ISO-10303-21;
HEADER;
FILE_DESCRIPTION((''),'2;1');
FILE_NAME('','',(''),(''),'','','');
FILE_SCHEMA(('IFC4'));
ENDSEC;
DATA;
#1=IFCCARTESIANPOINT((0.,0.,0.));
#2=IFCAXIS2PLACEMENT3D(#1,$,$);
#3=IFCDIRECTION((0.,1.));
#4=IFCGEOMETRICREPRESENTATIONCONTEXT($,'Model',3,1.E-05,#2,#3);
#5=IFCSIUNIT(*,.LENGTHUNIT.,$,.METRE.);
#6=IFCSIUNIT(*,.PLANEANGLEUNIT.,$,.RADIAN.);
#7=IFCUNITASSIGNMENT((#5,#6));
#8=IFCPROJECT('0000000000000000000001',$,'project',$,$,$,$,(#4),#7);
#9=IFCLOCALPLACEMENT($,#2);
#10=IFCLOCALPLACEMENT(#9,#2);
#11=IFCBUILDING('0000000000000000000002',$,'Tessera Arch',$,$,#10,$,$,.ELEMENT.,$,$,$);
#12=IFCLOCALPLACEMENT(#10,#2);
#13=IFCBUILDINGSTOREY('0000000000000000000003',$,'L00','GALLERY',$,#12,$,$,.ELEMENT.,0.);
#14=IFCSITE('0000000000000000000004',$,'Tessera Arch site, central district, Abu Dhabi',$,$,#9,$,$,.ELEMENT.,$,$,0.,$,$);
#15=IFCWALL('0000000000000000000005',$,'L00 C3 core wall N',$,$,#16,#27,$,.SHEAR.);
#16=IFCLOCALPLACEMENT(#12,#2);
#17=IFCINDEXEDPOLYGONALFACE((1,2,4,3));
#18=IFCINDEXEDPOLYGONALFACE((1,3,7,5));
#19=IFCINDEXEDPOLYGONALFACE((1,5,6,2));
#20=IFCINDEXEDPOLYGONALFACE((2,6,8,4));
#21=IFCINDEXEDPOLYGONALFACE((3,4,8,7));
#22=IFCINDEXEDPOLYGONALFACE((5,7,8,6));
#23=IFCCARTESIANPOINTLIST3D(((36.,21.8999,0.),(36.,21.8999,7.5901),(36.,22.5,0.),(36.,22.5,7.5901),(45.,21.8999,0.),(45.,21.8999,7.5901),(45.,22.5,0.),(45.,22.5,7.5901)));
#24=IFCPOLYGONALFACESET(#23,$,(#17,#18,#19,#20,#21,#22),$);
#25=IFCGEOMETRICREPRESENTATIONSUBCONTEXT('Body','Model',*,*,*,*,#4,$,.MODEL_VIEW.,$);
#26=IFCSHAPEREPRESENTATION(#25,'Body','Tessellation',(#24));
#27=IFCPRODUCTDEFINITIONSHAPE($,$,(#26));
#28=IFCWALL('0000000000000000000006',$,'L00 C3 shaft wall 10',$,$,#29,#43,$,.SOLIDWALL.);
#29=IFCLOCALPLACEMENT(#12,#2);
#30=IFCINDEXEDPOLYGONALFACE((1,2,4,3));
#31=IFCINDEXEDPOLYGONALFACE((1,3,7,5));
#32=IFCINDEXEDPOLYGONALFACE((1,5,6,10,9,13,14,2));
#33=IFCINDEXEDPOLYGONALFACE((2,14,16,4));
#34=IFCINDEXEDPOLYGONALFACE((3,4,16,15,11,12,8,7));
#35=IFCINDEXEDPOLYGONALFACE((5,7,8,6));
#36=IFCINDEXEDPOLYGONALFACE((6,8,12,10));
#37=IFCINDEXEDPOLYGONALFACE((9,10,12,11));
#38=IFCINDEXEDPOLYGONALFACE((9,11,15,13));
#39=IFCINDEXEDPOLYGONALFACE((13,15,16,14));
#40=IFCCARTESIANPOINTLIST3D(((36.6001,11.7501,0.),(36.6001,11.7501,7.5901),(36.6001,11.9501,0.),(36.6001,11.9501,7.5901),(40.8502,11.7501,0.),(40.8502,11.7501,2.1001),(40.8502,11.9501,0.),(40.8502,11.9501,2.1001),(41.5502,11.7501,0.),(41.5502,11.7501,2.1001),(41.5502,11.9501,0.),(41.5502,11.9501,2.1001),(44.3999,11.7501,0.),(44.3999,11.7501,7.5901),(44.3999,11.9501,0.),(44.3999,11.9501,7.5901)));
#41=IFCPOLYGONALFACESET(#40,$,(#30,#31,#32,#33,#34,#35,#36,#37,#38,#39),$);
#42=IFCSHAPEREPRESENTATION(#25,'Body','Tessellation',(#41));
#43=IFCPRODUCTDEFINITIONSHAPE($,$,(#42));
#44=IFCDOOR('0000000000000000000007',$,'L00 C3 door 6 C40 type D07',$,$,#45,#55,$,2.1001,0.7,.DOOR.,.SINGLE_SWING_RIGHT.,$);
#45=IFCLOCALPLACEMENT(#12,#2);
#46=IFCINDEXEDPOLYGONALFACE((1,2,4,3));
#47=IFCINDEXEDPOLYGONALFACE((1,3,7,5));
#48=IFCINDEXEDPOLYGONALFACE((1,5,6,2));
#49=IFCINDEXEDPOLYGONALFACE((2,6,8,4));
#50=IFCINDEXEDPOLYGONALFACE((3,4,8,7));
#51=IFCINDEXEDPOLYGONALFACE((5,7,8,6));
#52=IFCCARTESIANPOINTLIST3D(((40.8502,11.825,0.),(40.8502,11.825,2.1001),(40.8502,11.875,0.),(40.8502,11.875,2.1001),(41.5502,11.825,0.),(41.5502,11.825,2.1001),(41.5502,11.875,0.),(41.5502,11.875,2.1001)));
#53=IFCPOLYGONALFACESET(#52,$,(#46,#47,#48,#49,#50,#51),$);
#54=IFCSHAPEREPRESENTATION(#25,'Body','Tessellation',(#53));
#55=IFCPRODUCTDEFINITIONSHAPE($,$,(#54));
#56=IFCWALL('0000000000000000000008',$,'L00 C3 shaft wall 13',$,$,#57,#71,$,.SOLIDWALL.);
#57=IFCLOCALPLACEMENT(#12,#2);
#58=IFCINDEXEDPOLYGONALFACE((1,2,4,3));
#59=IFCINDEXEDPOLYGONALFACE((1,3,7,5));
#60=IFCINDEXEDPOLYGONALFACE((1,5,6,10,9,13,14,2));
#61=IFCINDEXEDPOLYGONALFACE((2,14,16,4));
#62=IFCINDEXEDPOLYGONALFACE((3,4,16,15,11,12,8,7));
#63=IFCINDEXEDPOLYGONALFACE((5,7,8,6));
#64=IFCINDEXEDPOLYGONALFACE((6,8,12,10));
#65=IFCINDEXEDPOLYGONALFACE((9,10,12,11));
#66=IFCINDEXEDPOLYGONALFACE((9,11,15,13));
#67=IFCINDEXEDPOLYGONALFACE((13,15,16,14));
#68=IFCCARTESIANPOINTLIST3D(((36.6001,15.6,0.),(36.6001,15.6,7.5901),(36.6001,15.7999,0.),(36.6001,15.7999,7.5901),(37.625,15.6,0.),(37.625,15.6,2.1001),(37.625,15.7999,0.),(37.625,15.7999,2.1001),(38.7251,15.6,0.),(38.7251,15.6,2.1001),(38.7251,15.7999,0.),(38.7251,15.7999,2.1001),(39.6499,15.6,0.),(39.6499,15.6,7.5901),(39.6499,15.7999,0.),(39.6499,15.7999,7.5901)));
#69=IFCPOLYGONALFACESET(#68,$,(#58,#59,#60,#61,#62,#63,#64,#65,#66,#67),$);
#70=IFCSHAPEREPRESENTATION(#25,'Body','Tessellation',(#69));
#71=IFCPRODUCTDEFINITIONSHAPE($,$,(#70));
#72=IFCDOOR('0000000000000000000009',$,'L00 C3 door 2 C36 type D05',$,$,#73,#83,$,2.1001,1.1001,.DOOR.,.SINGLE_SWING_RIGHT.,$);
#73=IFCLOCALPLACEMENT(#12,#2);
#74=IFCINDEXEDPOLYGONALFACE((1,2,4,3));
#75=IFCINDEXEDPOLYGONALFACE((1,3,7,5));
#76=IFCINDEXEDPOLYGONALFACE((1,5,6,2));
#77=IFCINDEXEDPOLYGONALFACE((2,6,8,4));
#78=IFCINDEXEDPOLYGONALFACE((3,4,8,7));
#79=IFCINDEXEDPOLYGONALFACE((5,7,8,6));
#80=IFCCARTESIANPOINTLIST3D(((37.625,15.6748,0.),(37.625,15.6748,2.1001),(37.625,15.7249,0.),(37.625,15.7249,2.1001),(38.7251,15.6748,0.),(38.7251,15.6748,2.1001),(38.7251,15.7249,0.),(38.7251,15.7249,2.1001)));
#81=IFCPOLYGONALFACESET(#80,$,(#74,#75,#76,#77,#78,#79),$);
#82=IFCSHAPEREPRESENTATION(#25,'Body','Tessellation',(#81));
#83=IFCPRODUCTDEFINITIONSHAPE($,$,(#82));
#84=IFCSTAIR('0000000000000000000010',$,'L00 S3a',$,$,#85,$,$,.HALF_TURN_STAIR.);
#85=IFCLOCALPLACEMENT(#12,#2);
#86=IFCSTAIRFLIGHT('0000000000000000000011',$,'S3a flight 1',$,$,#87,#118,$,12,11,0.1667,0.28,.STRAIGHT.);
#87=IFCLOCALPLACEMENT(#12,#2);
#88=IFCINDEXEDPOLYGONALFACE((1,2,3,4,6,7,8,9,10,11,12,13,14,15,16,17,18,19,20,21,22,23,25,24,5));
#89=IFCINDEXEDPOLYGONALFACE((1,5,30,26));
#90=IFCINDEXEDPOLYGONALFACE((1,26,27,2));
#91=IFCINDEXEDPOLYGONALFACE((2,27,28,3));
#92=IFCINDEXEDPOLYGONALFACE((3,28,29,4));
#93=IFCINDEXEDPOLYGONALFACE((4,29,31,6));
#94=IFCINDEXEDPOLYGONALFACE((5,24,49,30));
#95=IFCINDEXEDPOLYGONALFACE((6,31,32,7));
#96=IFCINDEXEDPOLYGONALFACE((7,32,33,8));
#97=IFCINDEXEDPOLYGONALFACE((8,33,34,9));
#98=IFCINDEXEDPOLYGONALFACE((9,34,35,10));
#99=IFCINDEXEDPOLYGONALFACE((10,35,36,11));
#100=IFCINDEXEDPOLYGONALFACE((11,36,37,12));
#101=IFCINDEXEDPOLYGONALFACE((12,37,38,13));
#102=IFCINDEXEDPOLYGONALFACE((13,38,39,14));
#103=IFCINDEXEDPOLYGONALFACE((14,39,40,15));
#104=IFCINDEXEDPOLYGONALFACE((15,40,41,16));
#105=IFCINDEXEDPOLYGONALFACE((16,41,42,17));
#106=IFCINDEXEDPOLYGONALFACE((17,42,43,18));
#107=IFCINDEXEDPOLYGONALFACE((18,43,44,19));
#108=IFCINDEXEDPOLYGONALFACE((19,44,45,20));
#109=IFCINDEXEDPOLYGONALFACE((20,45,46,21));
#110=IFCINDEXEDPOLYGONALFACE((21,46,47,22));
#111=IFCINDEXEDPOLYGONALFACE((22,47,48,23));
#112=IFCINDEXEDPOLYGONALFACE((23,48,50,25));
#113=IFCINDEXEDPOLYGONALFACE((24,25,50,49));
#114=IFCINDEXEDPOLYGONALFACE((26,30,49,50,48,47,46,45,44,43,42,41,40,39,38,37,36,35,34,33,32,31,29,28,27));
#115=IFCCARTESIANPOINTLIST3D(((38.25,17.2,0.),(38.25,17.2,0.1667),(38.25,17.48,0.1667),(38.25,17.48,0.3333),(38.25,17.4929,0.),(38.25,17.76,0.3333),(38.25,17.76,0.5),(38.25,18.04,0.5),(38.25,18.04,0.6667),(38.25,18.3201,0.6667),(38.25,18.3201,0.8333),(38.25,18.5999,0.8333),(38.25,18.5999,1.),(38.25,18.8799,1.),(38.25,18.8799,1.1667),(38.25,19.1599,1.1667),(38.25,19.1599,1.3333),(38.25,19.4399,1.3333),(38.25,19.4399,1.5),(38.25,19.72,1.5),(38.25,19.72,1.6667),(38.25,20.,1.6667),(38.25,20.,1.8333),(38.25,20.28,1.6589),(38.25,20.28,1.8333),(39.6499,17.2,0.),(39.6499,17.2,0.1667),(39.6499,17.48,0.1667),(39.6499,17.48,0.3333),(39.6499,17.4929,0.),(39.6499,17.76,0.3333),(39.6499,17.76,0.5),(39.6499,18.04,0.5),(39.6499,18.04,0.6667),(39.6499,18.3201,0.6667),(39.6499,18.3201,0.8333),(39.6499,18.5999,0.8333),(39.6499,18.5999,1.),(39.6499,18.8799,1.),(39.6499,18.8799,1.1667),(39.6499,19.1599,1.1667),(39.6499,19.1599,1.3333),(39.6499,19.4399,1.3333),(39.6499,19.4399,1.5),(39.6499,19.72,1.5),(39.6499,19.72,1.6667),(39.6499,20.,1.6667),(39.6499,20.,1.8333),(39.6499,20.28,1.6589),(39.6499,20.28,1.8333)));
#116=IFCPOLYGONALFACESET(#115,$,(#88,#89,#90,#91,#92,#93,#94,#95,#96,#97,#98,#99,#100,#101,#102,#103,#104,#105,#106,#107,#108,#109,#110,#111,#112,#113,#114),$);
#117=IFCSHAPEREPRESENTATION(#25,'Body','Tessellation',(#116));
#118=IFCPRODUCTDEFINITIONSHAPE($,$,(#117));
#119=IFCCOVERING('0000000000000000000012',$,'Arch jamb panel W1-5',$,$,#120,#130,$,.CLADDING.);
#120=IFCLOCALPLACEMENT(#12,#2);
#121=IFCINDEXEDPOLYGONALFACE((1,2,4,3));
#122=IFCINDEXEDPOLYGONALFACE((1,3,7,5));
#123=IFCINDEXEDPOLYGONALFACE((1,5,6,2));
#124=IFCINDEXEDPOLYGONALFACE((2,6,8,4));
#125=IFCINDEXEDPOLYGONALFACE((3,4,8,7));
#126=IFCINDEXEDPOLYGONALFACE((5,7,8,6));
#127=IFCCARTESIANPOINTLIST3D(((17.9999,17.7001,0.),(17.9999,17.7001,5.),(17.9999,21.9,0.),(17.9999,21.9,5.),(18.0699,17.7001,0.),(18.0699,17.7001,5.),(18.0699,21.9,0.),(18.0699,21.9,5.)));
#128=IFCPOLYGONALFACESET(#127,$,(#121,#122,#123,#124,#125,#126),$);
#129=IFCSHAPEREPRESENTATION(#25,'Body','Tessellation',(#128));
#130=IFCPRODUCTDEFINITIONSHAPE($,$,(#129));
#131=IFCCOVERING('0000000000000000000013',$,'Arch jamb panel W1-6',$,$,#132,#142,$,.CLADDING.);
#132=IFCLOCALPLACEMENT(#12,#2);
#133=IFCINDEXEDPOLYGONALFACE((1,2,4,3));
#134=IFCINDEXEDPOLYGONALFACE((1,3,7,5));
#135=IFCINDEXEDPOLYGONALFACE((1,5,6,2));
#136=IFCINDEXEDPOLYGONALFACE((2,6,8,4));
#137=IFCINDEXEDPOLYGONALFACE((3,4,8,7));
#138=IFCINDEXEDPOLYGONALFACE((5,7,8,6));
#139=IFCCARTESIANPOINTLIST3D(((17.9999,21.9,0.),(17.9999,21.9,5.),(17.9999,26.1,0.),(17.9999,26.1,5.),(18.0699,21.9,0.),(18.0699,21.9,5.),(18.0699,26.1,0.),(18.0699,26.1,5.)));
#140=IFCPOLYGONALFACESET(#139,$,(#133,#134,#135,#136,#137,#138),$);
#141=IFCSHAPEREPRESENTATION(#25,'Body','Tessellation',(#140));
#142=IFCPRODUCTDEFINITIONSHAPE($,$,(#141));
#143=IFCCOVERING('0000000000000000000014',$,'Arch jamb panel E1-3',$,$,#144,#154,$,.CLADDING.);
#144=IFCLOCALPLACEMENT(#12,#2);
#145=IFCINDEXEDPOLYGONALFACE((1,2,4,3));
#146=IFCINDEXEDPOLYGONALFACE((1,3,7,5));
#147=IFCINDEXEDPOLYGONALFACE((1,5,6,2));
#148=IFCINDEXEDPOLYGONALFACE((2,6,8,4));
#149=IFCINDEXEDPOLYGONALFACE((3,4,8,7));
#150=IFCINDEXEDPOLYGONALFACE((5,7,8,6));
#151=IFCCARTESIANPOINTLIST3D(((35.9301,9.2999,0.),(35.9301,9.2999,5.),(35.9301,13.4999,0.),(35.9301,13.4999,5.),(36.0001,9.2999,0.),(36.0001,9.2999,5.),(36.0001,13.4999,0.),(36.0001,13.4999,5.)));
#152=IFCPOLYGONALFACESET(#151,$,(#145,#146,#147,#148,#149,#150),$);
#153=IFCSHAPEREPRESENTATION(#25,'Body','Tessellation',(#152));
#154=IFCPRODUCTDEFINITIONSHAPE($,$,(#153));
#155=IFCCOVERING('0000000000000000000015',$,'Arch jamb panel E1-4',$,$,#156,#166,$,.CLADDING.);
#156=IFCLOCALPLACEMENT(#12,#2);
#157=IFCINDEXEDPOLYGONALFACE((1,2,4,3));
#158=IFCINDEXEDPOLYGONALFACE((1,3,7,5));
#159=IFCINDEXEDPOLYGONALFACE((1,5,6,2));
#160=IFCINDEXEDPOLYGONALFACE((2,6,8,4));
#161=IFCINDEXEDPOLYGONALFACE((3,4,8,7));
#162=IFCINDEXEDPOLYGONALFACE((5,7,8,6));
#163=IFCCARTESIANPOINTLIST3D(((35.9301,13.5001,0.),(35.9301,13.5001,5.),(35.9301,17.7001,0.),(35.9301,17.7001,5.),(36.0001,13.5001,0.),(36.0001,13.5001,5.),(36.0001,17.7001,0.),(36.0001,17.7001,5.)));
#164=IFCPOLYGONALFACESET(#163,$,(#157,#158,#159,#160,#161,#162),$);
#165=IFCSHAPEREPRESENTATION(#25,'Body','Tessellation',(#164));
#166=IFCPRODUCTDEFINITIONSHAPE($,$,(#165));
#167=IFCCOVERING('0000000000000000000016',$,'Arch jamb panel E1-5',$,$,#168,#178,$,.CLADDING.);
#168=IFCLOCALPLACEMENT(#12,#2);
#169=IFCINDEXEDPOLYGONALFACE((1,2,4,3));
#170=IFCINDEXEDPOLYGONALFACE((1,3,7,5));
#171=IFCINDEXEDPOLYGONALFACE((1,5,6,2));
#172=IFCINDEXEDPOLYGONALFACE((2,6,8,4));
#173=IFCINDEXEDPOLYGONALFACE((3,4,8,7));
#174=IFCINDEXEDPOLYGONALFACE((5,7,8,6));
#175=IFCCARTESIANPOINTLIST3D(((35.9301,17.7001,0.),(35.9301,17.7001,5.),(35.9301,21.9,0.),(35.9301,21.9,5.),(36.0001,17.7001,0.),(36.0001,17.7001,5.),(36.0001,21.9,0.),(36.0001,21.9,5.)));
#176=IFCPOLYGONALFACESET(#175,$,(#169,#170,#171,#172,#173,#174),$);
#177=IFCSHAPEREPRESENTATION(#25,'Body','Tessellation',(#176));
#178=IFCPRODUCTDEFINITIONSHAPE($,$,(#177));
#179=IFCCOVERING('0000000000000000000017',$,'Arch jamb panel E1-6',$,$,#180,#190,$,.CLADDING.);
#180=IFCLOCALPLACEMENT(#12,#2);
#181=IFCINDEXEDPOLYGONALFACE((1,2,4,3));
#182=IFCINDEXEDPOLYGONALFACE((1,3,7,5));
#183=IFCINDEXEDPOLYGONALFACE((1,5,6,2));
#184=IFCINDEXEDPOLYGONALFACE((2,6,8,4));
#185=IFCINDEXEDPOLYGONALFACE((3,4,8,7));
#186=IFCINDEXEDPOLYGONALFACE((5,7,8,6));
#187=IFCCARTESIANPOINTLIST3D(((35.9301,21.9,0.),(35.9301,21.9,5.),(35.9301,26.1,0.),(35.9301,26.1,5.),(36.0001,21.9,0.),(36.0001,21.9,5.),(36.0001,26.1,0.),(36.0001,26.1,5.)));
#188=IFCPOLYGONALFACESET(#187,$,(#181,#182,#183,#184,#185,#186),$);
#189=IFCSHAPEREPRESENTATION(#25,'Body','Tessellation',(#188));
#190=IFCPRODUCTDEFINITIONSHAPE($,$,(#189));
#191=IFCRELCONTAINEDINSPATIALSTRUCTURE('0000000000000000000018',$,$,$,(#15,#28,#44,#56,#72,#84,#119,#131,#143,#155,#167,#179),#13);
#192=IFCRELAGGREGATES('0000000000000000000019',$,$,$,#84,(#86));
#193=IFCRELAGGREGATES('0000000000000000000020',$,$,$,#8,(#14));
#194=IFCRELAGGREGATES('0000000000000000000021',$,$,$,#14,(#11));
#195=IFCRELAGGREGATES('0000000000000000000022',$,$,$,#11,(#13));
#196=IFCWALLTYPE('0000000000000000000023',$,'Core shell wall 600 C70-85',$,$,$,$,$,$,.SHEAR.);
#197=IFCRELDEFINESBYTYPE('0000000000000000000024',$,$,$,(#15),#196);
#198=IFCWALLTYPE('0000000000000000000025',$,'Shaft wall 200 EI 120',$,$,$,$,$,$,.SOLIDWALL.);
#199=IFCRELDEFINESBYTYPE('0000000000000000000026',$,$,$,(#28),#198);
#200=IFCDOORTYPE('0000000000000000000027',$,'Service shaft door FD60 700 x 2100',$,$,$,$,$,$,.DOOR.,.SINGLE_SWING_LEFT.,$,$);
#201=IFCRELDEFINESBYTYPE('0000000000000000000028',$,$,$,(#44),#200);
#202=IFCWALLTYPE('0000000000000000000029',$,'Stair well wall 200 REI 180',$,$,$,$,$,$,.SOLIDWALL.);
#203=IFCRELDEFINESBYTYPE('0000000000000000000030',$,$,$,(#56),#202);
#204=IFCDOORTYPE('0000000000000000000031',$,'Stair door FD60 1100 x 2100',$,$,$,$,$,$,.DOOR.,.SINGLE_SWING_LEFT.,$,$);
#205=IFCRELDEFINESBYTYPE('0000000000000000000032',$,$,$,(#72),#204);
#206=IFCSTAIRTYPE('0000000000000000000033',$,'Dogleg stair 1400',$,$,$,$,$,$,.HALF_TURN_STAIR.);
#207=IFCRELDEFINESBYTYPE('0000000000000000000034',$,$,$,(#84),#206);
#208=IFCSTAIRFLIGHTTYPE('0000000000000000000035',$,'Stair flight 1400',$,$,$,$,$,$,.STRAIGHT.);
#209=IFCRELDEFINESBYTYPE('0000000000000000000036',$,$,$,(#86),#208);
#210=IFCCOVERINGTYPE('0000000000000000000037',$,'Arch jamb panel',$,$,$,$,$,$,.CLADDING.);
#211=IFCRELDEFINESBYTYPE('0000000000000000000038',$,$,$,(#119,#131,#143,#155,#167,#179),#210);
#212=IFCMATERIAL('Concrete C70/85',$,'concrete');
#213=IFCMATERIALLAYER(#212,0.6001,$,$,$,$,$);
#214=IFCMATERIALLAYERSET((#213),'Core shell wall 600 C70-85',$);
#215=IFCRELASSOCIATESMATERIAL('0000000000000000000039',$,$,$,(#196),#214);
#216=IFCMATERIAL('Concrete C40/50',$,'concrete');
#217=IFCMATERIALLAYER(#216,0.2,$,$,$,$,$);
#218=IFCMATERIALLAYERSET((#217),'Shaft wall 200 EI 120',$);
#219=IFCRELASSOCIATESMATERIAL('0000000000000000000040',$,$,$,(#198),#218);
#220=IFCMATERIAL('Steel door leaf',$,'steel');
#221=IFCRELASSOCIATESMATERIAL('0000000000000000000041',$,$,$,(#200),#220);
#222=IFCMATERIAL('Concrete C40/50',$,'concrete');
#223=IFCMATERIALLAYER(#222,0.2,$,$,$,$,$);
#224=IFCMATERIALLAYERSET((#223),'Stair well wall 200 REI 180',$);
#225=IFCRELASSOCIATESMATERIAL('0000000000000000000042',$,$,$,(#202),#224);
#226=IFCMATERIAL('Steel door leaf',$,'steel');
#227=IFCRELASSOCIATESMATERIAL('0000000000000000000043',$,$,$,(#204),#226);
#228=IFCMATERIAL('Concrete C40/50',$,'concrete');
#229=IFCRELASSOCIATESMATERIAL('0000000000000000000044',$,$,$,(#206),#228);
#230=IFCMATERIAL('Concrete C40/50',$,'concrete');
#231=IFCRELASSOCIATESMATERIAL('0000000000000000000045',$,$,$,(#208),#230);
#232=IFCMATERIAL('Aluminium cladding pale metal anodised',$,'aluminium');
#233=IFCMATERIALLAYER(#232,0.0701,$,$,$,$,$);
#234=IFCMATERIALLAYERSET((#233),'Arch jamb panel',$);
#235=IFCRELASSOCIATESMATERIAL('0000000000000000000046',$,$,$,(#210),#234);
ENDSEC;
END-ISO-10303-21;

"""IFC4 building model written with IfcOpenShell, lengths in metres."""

from ifc_helpers import new_model, si_unit, direction, frame, frame_2d, origin, origin_2d, place, context, subcontext, project, spatial, polyline, rectangle, outline, extrude, material, layer, layer_set, type_object, element, fill, aggregate, save


model = new_model("IFC4")

# Units and contexts
model_context = context("Model", 3, precision=1e-05, world=origin(), true_north=direction((0.0, 1.0)))
body_context = subcontext(model_context, "Body", "Model", "MODEL_VIEW")
ifc_project = project(units=[si_unit("LENGTHUNIT", "METRE"), si_unit("PLANEANGLEUNIT", "RADIAN")], contexts=[model_context])

# Site, building, storey
site_placement = place(None, origin())
site = spatial("IfcSite", under=ifc_project, at=site_placement, Name="Tessera Arch site, central district, Abu Dhabi", CompositionType="ELEMENT", RefElevation=0.0)
building_placement = place(site_placement, origin())
building = spatial("IfcBuilding", under=site, at=building_placement, Name="Tessera Arch", CompositionType="ELEMENT")
storey_placement = place(building_placement, origin())
storey = spatial("IfcBuildingStorey", under=building, at=storey_placement, Name="L00", Description="GALLERY", CompositionType="ELEMENT", Elevation=0.0)

# Wall
ifc_material_1 = material(Name="Concrete C70/85", Category="concrete")
ifc_layer_1 = layer(ifc_material_1, 0.6001)
ifc_layer_set_1 = layer_set([ifc_layer_1], Name="Core shell wall 600 C70-85")
wall_type_1 = type_object("IfcWallType", Name="Core shell wall 600 C70-85", PredefinedType="SHEAR", material=ifc_layer_set_1)
wall_1_placement = place(storey_placement, frame((36.0, 22.2, 0.0), z_axis=(0.0, 0.0, 1.0), x_axis=(1.0, 0.0, 0.0)))
element("IfcWall", 1, at=wall_1_placement, inside=storey, type_object=wall_type_1, Name="L00 C3 core wall N", PredefinedType="SHEAR", context=body_context, shape_type="SweptSolid", body=[
    extrude(rectangle(XDim=9.0, YDim=0.6001, at=frame_2d((4.5, 0.0))), origin(), (0.0, 0.0, 1.0), 7.5901),
])

# Walls, openings, doors
ifc_material_2 = material(Name="Concrete C40/50", Category="concrete")
ifc_layer_2 = layer(ifc_material_2, 0.2)
ifc_layer_set_2 = layer_set([ifc_layer_2], Name="Shaft wall 200 EI 120")
wall_type_2 = type_object("IfcWallType", Name="Shaft wall 200 EI 120", PredefinedType="SOLIDWALL", material=ifc_layer_set_2)
wall_2_placement = place(storey_placement, frame((36.6001, 11.8501, 0.0), z_axis=(0.0, 0.0, 1.0), x_axis=(1.0, 0.0, 0.0)))
wall_2 = element("IfcWall", 2, at=wall_2_placement, inside=storey, type_object=wall_type_2, Name="L00 C3 shaft wall 10", PredefinedType="SOLIDWALL", context=body_context, shape_type="SweptSolid", body=[
    extrude(rectangle(XDim=7.7998, YDim=0.2, at=frame_2d((3.8999, 0.0))), origin(), (0.0, 0.0, 1.0), 7.5901),
])
opening_1_placement = place(wall_2_placement, frame((4.25, 0.0, 0.0)))
opening_1 = element("IfcOpeningElement", 3, at=opening_1_placement, cuts=wall_2, PredefinedType="OPENING", context=body_context, shape_type="SweptSolid", body=[
    extrude(rectangle(XDim=0.7, YDim=2.1001, at=frame_2d((0.3501, 1.05))), frame((0.0, 0.1099, 0.0), z_axis=(0.0, -1.0, 0.0), x_axis=(1.0, 0.0, 0.0)), (0.0, 0.0, 1.0), 0.22),
])
ifc_material_3 = material(Name="Steel door leaf", Category="steel")
door_type_1 = type_object("IfcDoorType", Name="Service shaft door FD60 700 x 2100", OperationType="SINGLE_SWING_LEFT", PredefinedType="DOOR", material=ifc_material_3)
door_1_placement = place(opening_1_placement, origin())
door_1 = element("IfcDoor", 4, at=door_1_placement, inside=storey, type_object=door_type_1, Name="L00 C3 door 6 C40 type D07", OperationType="SINGLE_SWING_RIGHT", OverallHeight=2.1001, OverallWidth=0.7, PredefinedType="DOOR", context=body_context, shape_type="SweptSolid", body=[
    extrude(rectangle(XDim=0.7, YDim=2.1001, at=frame_2d((0.3501, 1.05))), frame((0.0, 0.0249, 0.0), z_axis=(0.0, -1.0, 0.0), x_axis=(1.0, 0.0, 0.0)), (0.0, 0.0, 1.0), 0.05),
])
fill(opening_1, door_1)
ifc_material_4 = material(Name="Concrete C40/50", Category="concrete")
ifc_layer_3 = layer(ifc_material_4, 0.2)
ifc_layer_set_3 = layer_set([ifc_layer_3], Name="Stair well wall 200 REI 180")
wall_type_3 = type_object("IfcWallType", Name="Stair well wall 200 REI 180", PredefinedType="SOLIDWALL", material=ifc_layer_set_3)
wall_3_placement = place(storey_placement, frame((36.6001, 15.7, 0.0), z_axis=(0.0, 0.0, 1.0), x_axis=(1.0, 0.0, 0.0)))
wall_3 = element("IfcWall", 5, at=wall_3_placement, inside=storey, type_object=wall_type_3, Name="L00 C3 shaft wall 13", PredefinedType="SOLIDWALL", context=body_context, shape_type="SweptSolid", body=[
    extrude(rectangle(XDim=3.0498, YDim=0.2, at=frame_2d((1.5249, 0.0))), origin(), (0.0, 0.0, 1.0), 7.5901),
])
opening_2_placement = place(wall_3_placement, frame((1.0249, 0.0, 0.0)))
opening_2 = element("IfcOpeningElement", 6, at=opening_2_placement, cuts=wall_3, PredefinedType="OPENING", context=body_context, shape_type="SweptSolid", body=[
    extrude(rectangle(XDim=1.1001, YDim=2.1001, at=frame_2d((0.55, 1.05))), frame((0.0, 0.1099, 0.0), z_axis=(0.0, -1.0, 0.0), x_axis=(1.0, 0.0, 0.0)), (0.0, 0.0, 1.0), 0.22),
])
ifc_material_5 = material(Name="Steel door leaf", Category="steel")
door_type_2 = type_object("IfcDoorType", Name="Stair door FD60 1100 x 2100", OperationType="SINGLE_SWING_LEFT", PredefinedType="DOOR", material=ifc_material_5)
door_2_placement = place(opening_2_placement, origin())
door_2 = element("IfcDoor", 7, at=door_2_placement, inside=storey, type_object=door_type_2, Name="L00 C3 door 2 C36 type D05", OperationType="SINGLE_SWING_RIGHT", OverallHeight=2.1001, OverallWidth=1.1001, PredefinedType="DOOR", context=body_context, shape_type="SweptSolid", body=[
    extrude(rectangle(XDim=1.1001, YDim=2.1001, at=frame_2d((0.55, 1.05))), frame((0.0, 0.0249, 0.0), z_axis=(0.0, -1.0, 0.0), x_axis=(1.0, 0.0, 0.0)), (0.0, 0.0, 1.0), 0.05),
])
fill(opening_2, door_2)

# Stair, stair flight
ifc_material_6 = material(Name="Concrete C40/50", Category="concrete")
stair_type = type_object("IfcStairType", Name="Dogleg stair 1400", PredefinedType="HALF_TURN_STAIR", material=ifc_material_6)
stair_placement = place(storey_placement, origin())
stair = element("IfcStair", 8, at=stair_placement, inside=storey, type_object=stair_type, Name="L00 S3a", PredefinedType="HALF_TURN_STAIR")
ifc_material_7 = material(Name="Concrete C40/50", Category="concrete")
stair_flight_type = type_object("IfcStairFlightType", Name="Stair flight 1400", PredefinedType="STRAIGHT", material=ifc_material_7)
stair_flight_placement = place(storey_placement, frame((38.95, 17.2, 0.0), z_axis=(0.0, 0.0, 1.0), x_axis=(0.0, 1.0, 0.0)))
stair_flight = element("IfcStairFlight", 9, at=stair_flight_placement, type_object=stair_flight_type, Name="S3a flight 1", NumberOfRisers=12, NumberOfTreads=11, PredefinedType="STRAIGHT", RiserHeight=0.1667, TreadLength=0.28, context=body_context, shape_type="SweptSolid", body=[
    extrude(outline(polyline([(0.0, 0.0), (0.0, 0.1667), (0.28, 0.1667), (0.28, 0.3333), (0.5601, 0.3333), (0.5601, 0.5), (0.8401, 0.5), (0.8401, 0.6667), (1.1201, 0.6667), (1.1201, 0.8333), (1.3999, 0.8333), (1.3999, 1.0), (1.6799, 1.0), (1.6799, 1.1667), (1.96, 1.1667), (1.96, 1.3333), (2.24, 1.3333), (2.24, 1.5), (2.52, 1.5), (2.52, 1.6667), (2.8, 1.6667), (2.8, 1.8333), (3.0801, 1.8333), (3.0801, 2.0), (3.0801, 1.6589), (0.293, 0.0), (0.0, 0.0)])), frame((0.0, 0.7, 0.0), z_axis=(0.0, -1.0, 0.0), x_axis=(1.0, 0.0, 0.0)), (0.0, 0.0, 1.0), 1.3999),
])
aggregate(stair, [stair_flight])

# Coverings
ifc_material_8 = material(Name="Aluminium cladding pale metal anodised", Category="aluminium")
ifc_layer_4 = layer(ifc_material_8, 0.0701)
ifc_layer_set_4 = layer_set([ifc_layer_4], Name="Arch jamb panel")
covering_type = type_object("IfcCoveringType", Name="Arch jamb panel", PredefinedType="CLADDING", material=ifc_layer_set_4)
for number, where, z_axis, x_axis, name in (
    (10, (18.0349, 19.8, 0.0), (0.0, 0.0, 1.0), (1.0, 0.0, 0.0), "Arch jamb panel W1-5"),
    (11, (18.0349, 24.0, 0.0), (0.0, 0.0, 1.0), (1.0, 0.0, 0.0), "Arch jamb panel W1-6"),
    (12, (35.9651, 11.3999, 0.0), (0.0, 0.0, 1.0), (1.0, 0.0, 0.0), "Arch jamb panel E1-3"),
    (13, (35.9651, 15.6001, 0.0), (0.0, 0.0, 1.0), (1.0, 0.0, 0.0), "Arch jamb panel E1-4"),
    (14, (35.9651, 19.8, 0.0), (0.0, 0.0, 1.0), (1.0, 0.0, 0.0), "Arch jamb panel E1-5"),
    (15, (35.9651, 24.0, 0.0), (0.0, 0.0, 1.0), (1.0, 0.0, 0.0), "Arch jamb panel E1-6"),
):
    element("IfcCovering", number, at=place(storey_placement, frame(where, z_axis=z_axis, x_axis=x_axis)), inside=storey, type_object=covering_type, Name=name, PredefinedType="CLADDING", context=body_context, shape_type="SweptSolid", body=[
        extrude(rectangle(XDim=0.0701, YDim=4.2, at=origin_2d()), origin(), (0.0, 0.0, 1.0), 5.0),
    ])

save(model, "model.ifc")
